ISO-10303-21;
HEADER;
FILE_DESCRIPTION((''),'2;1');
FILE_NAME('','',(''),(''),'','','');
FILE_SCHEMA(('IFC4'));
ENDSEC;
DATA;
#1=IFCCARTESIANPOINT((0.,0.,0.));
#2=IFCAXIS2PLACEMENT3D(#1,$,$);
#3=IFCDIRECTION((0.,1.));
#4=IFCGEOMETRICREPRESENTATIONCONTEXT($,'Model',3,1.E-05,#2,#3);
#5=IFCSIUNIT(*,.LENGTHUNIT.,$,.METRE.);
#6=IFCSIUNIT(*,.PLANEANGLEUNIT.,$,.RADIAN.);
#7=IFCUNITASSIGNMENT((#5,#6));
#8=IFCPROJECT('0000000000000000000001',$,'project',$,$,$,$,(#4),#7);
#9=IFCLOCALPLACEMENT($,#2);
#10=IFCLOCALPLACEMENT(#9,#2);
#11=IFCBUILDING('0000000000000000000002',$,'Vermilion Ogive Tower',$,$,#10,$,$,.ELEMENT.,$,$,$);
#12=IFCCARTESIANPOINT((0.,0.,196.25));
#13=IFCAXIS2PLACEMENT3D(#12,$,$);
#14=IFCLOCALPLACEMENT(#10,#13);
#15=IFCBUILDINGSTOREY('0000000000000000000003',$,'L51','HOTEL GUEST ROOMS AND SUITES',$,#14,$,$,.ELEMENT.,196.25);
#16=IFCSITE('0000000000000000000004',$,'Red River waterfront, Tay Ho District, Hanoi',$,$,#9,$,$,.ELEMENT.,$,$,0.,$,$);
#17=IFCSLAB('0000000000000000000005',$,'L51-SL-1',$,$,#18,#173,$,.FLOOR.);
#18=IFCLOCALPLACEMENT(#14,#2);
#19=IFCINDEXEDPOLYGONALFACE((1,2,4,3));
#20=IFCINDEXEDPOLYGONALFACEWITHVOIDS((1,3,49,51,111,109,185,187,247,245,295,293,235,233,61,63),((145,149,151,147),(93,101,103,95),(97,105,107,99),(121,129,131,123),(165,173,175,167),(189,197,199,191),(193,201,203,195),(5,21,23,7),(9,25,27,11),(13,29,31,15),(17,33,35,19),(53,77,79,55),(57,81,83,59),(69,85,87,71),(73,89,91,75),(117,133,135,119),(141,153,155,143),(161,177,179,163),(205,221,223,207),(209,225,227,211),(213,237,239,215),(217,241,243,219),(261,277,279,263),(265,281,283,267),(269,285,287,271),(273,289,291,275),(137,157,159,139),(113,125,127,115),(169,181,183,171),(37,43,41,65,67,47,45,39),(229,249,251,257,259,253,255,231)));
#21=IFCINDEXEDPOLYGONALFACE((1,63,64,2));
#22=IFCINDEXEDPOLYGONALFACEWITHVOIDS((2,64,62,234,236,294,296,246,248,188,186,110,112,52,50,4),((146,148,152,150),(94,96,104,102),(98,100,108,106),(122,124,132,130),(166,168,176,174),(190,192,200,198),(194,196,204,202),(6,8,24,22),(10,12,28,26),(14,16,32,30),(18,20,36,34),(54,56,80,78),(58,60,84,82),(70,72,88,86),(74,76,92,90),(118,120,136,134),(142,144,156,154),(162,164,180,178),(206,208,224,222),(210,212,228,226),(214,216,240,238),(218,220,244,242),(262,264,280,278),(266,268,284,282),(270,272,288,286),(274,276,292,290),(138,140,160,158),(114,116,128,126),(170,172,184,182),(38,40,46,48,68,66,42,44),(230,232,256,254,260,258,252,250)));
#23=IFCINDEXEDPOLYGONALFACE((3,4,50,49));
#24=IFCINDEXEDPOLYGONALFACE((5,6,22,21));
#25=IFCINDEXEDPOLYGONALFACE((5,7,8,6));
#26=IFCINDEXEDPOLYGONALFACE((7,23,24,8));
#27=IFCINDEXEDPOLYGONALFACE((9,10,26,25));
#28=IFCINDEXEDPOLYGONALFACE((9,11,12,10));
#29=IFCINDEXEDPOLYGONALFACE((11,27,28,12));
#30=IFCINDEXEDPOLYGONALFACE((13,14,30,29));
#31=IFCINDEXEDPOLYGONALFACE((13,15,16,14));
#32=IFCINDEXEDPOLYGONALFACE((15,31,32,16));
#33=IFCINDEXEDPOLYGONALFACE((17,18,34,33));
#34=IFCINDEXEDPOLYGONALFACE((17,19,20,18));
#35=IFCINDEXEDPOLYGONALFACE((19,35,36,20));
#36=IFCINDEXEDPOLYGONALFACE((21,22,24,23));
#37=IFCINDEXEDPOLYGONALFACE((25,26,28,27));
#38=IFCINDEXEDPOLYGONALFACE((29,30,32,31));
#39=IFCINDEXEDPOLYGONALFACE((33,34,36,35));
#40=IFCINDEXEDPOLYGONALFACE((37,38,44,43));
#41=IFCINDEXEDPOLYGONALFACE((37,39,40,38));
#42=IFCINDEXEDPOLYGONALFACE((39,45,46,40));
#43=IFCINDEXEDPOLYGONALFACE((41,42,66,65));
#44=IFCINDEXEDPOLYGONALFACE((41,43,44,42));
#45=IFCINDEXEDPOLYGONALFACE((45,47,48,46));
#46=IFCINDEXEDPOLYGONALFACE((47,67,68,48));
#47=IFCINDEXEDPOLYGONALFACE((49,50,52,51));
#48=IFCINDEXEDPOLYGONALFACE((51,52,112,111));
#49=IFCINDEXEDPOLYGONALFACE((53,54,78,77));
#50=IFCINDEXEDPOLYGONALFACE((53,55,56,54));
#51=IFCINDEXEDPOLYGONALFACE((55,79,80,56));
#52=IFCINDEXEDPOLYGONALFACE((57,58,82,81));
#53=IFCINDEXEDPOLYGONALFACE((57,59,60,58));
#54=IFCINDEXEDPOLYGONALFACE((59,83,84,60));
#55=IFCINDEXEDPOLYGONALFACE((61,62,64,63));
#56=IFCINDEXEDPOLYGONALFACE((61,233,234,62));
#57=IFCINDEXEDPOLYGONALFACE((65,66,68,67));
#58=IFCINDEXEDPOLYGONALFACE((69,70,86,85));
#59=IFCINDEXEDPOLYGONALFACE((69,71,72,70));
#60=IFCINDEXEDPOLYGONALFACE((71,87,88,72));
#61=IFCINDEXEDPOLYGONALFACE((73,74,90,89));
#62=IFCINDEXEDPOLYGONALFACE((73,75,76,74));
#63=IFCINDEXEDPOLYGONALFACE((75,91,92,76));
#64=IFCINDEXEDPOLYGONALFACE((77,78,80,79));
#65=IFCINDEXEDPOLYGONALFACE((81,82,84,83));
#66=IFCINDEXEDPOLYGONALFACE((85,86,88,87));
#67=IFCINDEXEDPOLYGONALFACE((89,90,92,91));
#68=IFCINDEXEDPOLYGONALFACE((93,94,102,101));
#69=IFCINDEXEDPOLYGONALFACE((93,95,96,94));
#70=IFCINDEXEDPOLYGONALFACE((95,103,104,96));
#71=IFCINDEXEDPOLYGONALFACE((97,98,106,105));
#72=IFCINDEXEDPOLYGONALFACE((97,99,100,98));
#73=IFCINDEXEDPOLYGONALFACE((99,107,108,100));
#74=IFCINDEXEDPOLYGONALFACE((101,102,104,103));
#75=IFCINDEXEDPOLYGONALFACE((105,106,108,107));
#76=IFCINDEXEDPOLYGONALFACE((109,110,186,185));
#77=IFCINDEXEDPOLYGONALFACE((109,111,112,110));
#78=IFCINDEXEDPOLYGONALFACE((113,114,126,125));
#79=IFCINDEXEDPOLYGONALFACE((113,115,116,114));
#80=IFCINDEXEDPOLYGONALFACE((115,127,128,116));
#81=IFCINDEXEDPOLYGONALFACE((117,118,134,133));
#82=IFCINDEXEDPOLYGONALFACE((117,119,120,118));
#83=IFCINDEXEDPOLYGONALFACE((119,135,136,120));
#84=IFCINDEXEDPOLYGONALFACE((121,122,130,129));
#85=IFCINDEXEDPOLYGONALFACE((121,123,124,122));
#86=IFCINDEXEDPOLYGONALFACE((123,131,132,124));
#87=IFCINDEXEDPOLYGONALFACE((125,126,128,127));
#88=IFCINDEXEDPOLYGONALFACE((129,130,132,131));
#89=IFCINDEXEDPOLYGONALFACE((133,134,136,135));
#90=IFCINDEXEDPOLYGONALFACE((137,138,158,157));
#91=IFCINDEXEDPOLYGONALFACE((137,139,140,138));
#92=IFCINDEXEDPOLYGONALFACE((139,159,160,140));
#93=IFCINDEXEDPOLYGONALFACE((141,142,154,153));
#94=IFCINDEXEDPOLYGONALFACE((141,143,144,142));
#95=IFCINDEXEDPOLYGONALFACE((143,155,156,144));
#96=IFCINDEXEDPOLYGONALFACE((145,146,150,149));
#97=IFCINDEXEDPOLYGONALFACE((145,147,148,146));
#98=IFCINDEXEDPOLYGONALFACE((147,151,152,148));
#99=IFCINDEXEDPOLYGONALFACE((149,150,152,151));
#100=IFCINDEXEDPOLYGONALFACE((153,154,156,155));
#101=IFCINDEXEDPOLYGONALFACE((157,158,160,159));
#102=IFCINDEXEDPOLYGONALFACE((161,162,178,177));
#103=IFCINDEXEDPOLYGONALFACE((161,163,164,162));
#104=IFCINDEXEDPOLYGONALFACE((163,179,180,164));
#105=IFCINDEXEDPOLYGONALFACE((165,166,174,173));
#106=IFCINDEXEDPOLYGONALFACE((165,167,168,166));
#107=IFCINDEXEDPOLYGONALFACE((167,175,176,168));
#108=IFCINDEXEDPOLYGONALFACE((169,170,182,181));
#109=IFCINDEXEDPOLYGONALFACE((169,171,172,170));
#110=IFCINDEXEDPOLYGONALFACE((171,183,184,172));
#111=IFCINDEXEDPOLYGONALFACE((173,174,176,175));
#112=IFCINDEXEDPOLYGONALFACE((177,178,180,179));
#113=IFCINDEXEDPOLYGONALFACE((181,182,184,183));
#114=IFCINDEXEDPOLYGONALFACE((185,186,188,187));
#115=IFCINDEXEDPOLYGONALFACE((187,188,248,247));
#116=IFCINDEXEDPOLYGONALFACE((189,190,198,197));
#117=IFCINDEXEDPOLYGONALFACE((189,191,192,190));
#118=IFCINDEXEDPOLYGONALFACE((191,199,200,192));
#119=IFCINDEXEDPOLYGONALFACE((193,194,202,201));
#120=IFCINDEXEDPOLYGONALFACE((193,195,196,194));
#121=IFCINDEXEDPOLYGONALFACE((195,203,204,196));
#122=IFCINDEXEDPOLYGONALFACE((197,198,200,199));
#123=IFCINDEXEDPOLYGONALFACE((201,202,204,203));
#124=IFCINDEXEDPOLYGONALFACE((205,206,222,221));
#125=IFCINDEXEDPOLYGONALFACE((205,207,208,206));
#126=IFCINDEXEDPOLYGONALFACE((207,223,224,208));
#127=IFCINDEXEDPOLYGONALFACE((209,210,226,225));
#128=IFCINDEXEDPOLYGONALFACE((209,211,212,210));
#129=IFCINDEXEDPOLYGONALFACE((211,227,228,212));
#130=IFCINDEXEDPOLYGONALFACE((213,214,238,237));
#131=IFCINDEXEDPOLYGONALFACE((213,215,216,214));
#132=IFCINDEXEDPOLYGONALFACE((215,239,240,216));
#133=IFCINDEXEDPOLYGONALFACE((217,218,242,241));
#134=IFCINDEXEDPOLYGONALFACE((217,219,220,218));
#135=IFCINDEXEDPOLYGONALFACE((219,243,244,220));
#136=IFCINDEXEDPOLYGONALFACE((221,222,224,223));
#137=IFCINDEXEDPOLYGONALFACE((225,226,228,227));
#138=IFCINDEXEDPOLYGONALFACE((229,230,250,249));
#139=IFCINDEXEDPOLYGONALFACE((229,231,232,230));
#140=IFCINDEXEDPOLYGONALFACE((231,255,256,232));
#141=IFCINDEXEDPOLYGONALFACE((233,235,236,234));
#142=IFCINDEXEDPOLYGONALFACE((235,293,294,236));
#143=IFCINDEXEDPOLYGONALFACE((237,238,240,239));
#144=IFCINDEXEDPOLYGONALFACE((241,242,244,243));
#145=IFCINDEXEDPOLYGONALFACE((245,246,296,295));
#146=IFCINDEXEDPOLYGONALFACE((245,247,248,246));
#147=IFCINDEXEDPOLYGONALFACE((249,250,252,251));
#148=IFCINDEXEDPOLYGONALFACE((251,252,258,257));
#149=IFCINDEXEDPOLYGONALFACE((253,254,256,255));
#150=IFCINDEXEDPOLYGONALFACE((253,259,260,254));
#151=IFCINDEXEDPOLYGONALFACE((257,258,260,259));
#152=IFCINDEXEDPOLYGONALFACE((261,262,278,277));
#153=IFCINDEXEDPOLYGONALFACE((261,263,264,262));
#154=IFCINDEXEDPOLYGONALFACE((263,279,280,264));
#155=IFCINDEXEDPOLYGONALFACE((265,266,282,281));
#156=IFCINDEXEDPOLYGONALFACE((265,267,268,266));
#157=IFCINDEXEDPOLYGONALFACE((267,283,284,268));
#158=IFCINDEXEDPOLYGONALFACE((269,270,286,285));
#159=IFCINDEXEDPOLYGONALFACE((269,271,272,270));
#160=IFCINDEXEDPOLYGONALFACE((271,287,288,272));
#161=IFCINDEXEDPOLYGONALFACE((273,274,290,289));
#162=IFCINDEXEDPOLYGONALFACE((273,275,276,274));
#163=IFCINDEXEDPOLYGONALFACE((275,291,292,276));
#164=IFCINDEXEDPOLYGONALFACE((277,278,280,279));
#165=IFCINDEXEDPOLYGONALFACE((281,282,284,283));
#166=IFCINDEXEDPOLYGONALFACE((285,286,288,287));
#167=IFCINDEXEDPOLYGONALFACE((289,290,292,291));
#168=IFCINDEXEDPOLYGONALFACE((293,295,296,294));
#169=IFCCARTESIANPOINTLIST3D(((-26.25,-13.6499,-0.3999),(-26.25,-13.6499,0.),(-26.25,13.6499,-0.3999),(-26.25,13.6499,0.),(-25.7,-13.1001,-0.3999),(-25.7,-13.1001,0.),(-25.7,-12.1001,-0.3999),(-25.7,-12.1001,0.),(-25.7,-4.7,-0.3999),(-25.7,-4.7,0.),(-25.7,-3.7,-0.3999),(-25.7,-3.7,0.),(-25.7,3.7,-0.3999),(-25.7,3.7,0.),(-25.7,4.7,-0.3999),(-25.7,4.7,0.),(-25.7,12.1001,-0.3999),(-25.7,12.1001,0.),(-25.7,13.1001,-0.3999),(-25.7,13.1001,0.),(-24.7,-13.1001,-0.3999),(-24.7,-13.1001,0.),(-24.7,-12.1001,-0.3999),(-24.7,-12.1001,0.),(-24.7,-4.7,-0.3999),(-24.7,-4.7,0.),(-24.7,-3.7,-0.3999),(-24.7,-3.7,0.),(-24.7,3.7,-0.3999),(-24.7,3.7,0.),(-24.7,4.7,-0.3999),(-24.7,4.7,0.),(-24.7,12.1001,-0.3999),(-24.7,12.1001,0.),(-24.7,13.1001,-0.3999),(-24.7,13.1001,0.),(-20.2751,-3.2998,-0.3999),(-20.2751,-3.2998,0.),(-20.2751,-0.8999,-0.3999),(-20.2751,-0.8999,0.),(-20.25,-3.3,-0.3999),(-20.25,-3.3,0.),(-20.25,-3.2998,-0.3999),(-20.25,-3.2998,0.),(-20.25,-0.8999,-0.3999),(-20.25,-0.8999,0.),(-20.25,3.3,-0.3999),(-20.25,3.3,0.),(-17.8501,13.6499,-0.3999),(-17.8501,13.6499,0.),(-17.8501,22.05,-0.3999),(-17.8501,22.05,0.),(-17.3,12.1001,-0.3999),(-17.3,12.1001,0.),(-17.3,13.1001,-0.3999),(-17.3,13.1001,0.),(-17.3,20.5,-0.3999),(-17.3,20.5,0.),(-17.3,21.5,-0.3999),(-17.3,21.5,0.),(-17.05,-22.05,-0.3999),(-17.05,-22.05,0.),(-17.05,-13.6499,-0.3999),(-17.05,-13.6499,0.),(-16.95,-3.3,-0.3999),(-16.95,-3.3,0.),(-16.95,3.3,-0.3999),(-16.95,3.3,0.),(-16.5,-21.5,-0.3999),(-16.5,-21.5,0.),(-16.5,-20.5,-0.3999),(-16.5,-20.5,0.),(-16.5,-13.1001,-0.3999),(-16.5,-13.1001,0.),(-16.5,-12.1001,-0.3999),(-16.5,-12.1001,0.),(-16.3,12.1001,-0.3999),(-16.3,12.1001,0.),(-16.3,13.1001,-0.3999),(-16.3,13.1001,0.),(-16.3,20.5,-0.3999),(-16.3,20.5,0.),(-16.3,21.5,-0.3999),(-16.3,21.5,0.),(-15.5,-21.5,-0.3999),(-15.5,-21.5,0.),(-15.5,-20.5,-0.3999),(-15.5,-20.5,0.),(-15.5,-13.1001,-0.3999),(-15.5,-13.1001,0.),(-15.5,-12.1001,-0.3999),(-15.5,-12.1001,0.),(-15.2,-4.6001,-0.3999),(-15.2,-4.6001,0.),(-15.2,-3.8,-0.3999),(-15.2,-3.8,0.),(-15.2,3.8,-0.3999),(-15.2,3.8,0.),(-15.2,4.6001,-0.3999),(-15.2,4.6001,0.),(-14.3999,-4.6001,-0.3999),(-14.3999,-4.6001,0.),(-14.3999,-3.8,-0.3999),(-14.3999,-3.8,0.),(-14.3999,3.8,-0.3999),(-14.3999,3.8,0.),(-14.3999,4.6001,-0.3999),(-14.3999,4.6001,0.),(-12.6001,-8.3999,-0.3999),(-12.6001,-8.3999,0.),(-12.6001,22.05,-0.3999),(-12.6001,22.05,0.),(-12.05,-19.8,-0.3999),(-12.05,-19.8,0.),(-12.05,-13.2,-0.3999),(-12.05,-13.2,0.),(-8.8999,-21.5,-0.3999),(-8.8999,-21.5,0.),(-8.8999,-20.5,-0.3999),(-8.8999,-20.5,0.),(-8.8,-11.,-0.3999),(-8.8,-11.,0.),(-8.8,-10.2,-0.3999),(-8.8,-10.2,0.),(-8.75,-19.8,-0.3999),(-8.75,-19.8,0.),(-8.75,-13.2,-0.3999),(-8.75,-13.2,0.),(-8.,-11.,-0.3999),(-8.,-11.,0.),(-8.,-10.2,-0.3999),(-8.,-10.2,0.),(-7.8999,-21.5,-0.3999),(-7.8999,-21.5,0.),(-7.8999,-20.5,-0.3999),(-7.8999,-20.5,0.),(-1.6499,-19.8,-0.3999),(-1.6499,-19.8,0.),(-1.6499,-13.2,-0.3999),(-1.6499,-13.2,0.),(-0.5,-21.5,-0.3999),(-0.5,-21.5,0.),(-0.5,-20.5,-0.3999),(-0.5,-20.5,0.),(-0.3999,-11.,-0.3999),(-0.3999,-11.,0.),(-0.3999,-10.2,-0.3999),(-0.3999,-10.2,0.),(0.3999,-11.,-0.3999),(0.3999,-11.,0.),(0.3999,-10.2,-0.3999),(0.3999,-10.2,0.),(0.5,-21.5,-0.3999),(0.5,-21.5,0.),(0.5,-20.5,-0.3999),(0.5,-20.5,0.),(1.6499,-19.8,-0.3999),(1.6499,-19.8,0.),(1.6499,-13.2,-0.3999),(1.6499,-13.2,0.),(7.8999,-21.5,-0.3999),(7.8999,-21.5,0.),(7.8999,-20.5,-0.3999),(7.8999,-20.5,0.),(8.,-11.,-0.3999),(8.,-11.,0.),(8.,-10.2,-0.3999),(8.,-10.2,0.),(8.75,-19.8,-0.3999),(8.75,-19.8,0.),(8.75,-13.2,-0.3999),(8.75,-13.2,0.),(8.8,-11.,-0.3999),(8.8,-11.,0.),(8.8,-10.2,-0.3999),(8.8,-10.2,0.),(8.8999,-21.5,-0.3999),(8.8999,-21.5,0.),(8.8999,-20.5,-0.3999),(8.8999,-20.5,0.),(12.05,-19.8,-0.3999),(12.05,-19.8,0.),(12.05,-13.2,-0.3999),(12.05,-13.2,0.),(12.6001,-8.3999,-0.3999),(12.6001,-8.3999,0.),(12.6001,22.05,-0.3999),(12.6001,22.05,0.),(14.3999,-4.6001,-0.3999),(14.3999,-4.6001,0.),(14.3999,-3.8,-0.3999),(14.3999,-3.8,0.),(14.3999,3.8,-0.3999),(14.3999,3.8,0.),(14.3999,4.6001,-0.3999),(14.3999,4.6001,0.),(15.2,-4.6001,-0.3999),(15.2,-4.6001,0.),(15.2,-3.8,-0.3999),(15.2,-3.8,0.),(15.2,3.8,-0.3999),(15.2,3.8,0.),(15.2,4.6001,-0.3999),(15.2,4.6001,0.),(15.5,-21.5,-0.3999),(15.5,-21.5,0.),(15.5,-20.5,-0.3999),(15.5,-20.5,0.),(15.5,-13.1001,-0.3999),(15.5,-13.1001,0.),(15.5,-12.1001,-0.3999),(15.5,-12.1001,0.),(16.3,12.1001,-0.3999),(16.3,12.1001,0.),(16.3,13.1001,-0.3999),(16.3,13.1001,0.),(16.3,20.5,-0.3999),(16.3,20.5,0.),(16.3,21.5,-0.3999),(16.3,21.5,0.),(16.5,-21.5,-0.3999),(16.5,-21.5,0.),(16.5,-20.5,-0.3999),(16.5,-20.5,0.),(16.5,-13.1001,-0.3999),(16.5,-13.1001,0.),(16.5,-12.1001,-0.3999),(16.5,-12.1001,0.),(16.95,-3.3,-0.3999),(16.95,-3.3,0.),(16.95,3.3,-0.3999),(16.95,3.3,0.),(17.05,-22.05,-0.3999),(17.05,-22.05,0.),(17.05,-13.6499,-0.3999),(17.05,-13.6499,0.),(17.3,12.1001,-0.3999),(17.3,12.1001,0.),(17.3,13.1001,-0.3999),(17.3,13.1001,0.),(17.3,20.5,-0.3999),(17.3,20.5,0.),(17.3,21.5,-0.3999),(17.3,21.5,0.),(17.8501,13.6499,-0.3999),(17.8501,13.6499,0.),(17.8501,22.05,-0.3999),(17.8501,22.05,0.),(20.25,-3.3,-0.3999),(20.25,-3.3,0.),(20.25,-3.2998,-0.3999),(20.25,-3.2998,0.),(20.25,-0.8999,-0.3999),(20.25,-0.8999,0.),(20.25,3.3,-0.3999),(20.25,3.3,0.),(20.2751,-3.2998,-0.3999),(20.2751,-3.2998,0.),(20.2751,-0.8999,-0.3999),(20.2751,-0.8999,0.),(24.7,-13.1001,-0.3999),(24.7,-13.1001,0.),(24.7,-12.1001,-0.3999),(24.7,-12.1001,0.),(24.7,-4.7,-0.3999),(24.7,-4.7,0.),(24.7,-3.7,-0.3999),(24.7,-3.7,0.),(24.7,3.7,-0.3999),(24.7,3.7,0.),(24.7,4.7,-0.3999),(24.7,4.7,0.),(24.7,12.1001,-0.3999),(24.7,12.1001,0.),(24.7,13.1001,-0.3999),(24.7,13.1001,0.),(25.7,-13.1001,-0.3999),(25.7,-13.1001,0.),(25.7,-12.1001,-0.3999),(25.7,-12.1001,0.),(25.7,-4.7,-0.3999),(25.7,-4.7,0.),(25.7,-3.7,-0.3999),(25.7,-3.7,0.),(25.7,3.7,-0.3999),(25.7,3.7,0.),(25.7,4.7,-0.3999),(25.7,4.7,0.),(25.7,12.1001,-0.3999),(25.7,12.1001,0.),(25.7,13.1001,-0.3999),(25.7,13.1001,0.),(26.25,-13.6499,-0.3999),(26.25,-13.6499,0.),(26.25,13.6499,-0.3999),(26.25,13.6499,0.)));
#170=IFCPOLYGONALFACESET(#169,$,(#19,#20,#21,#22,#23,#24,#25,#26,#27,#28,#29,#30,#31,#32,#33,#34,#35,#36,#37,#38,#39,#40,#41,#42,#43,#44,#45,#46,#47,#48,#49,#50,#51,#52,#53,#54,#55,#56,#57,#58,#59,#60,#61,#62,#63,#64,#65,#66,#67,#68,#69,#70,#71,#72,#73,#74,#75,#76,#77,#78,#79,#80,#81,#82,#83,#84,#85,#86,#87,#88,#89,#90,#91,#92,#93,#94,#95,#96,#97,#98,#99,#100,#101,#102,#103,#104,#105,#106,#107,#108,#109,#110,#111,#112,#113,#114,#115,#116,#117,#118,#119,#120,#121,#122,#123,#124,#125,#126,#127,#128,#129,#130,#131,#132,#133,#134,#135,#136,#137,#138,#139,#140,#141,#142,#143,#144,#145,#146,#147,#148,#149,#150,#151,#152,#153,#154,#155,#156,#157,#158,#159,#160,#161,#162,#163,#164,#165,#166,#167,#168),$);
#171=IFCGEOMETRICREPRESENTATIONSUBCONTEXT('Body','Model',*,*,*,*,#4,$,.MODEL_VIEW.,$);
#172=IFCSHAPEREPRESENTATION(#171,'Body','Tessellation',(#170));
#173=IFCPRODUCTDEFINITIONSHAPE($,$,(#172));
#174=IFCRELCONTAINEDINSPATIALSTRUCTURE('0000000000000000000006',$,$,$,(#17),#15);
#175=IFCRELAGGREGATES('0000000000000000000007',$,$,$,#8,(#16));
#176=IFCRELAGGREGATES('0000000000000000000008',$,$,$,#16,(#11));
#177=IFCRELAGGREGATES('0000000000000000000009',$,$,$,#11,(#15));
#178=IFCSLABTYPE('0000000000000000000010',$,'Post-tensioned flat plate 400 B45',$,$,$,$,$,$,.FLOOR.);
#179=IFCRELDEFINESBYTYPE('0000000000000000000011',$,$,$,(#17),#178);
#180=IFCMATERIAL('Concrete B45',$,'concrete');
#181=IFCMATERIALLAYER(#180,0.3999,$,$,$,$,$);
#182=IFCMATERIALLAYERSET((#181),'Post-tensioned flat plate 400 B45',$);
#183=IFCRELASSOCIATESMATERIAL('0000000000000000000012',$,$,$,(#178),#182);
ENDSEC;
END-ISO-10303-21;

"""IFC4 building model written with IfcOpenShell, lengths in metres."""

from ifc_helpers import new_model, si_unit, direction, frame, origin, place, context, subcontext, project, spatial, polyline, outline, extrude, material, layer, layer_set, type_object, element, save


model = new_model("IFC4")

# Units and contexts
model_context = context("Model", 3, precision=1e-05, world=origin(), true_north=direction((0.0, 1.0)))
body_context = subcontext(model_context, "Body", "Model", "MODEL_VIEW")
ifc_project = project(units=[si_unit("LENGTHUNIT", "METRE"), si_unit("PLANEANGLEUNIT", "RADIAN")], contexts=[model_context])

# Site, building, storey
site_placement = place(None, origin())
site = spatial("IfcSite", under=ifc_project, at=site_placement, Name="Red River waterfront, Tay Ho District, Hanoi", CompositionType="ELEMENT", RefElevation=0.0)
building_placement = place(site_placement, origin())
building = spatial("IfcBuilding", under=site, at=building_placement, Name="Vermilion Ogive Tower", CompositionType="ELEMENT")
storey_placement = place(building_placement, frame((0.0, 0.0, 196.25)))
storey = spatial("IfcBuildingStorey", under=building, at=storey_placement, Name="L51", Description="HOTEL GUEST ROOMS AND SUITES", CompositionType="ELEMENT", Elevation=196.25)

# Slab
ifc_material_1 = material(Name="Concrete B45", Category="concrete")
ifc_layer_1 = layer(ifc_material_1, 0.3999)
ifc_layer_set_1 = layer_set([ifc_layer_1], Name="Post-tensioned flat plate 400 B45")
slab_type_1 = type_object("IfcSlabType", Name="Post-tensioned flat plate 400 B45", PredefinedType="FLOOR", material=ifc_layer_set_1)
slab_1_placement = place(storey_placement, frame((0.0, 0.0, -0.3999)))
element("IfcSlab", 1, at=slab_1_placement, inside=storey, type_object=slab_type_1, Name="L51-SL-1", PredefinedType="FLOOR", context=body_context, shape_type="SweptSolid", body=[
    extrude(outline(polyline([(-26.25, 13.6499), (-26.25, -13.6499), (-17.05, -13.6499), (-17.05, -22.05), (17.05, -22.05), (17.05, -13.6499), (26.25, -13.6499), (26.25, 13.6499), (17.8501, 13.6499), (17.8501, 22.05), (12.6001, 22.05), (12.6001, -8.3999), (-12.6001, -8.3999), (-12.6001, 22.05), (-17.8501, 22.05), (-17.8501, 13.6499), (-26.25, 13.6499)]), holes=[polyline([(24.7, -3.7), (25.7, -3.7), (25.7, -4.7), (24.7, -4.7), (24.7, -3.7)]), polyline([(24.7, -12.1001), (25.7, -12.1001), (25.7, -13.1001), (24.7, -13.1001), (24.7, -12.1001)]), polyline([(25.7, 13.1001), (25.7, 12.1001), (24.7, 12.1001), (24.7, 13.1001), (25.7, 13.1001)]), polyline([(25.7, 4.7), (25.7, 3.7), (24.7, 3.7), (24.7, 4.7), (25.7, 4.7)]), polyline([(20.2751, -3.2998), (20.25, -3.2998), (20.25, -3.3), (16.95, -3.3), (16.95, 3.3), (20.25, 3.3), (20.25, -0.8999), (20.2751, -0.8999), (20.2751, -3.2998)]), polyline([(16.3, 13.1001), (17.3, 13.1001), (17.3, 12.1001), (16.3, 12.1001), (16.3, 13.1001)]), polyline([(17.3, 21.5), (17.3, 20.5), (16.3, 20.5), (16.3, 21.5), (17.3, 21.5)]), polyline([(15.5, -12.1001), (16.5, -12.1001), (16.5, -13.1001), (15.5, -13.1001), (15.5, -12.1001)]), polyline([(15.5, -20.5), (16.5, -20.5), (16.5, -21.5), (15.5, -21.5), (15.5, -20.5)]), polyline([(14.3999, 4.6001), (15.2, 4.6001), (15.2, 3.8), (14.3999, 3.8), (14.3999, 4.6001)]), polyline([(15.2, -3.8), (15.2, -4.6001), (14.3999, -4.6001), (14.3999, -3.8), (15.2, -3.8)]), polyline([(8.75, -13.2), (12.05, -13.2), (12.05, -19.8), (8.75, -19.8), (8.75, -13.2)]), polyline([(7.8999, -20.5), (8.8999, -20.5), (8.8999, -21.5), (7.8999, -21.5), (7.8999, -20.5)]), polyline([(8.8, -10.2), (8.8, -11.0), (8.0, -11.0), (8.0, -10.2), (8.8, -10.2)]), polyline([(-1.6499, -13.2), (1.6499, -13.2), (1.6499, -19.8), (-1.6499, -19.8), (-1.6499, -13.2)]), polyline([(-0.5, -20.5), (0.5, -20.5), (0.5, -21.5), (-0.5, -21.5), (-0.5, -20.5)]), polyline([(-0.3999, -10.2), (0.3999, -10.2), (0.3999, -11.0), (-0.3999, -11.0), (-0.3999, -10.2)]), polyline([(-8.8999, -20.5), (-7.8999, -20.5), (-7.8999, -21.5), (-8.8999, -21.5), (-8.8999, -20.5)]), polyline([(-8.8, -10.2), (-8.0, -10.2), (-8.0, -11.0), (-8.8, -11.0), (-8.8, -10.2)]), polyline([(-12.05, -13.2), (-8.75, -13.2), (-8.75, -19.8), (-12.05, -19.8), (-12.05, -13.2)]), polyline([(-15.2, 4.6001), (-14.3999, 4.6001), (-14.3999, 3.8), (-15.2, 3.8), (-15.2, 4.6001)]), polyline([(-14.3999, -3.8), (-14.3999, -4.6001), (-15.2, -4.6001), (-15.2, -3.8), (-14.3999, -3.8)]), polyline([(-16.5, -12.1001), (-15.5, -12.1001), (-15.5, -13.1001), (-16.5, -13.1001), (-16.5, -12.1001)]), polyline([(-16.5, -20.5), (-15.5, -20.5), (-15.5, -21.5), (-16.5, -21.5), (-16.5, -20.5)]), polyline([(-17.3, 13.1001), (-16.3, 13.1001), (-16.3, 12.1001), (-17.3, 12.1001), (-17.3, 13.1001)]), polyline([(-16.3, 21.5), (-16.3, 20.5), (-17.3, 20.5), (-17.3, 21.5), (-16.3, 21.5)]), polyline([(-20.25, -3.3), (-20.25, -3.2998), (-20.2751, -3.2998), (-20.2751, -0.8999), (-20.25, -0.8999), (-20.25, 3.3), (-16.95, 3.3), (-16.95, -3.3), (-20.25, -3.3)]), polyline([(-24.7, 4.7), (-24.7, 3.7), (-25.7, 3.7), (-25.7, 4.7), (-24.7, 4.7)]), polyline([(-25.7, 13.1001), (-24.7, 13.1001), (-24.7, 12.1001), (-25.7, 12.1001), (-25.7, 13.1001)]), polyline([(-25.7, -3.7), (-24.7, -3.7), (-24.7, -4.7), (-25.7, -4.7), (-25.7, -3.7)]), polyline([(-25.7, -12.1001), (-24.7, -12.1001), (-24.7, -13.1001), (-25.7, -13.1001), (-25.7, -12.1001)])]), origin(), (0.0, 0.0, 1.0), 0.3999),
])

save(model, "model.ifc")
